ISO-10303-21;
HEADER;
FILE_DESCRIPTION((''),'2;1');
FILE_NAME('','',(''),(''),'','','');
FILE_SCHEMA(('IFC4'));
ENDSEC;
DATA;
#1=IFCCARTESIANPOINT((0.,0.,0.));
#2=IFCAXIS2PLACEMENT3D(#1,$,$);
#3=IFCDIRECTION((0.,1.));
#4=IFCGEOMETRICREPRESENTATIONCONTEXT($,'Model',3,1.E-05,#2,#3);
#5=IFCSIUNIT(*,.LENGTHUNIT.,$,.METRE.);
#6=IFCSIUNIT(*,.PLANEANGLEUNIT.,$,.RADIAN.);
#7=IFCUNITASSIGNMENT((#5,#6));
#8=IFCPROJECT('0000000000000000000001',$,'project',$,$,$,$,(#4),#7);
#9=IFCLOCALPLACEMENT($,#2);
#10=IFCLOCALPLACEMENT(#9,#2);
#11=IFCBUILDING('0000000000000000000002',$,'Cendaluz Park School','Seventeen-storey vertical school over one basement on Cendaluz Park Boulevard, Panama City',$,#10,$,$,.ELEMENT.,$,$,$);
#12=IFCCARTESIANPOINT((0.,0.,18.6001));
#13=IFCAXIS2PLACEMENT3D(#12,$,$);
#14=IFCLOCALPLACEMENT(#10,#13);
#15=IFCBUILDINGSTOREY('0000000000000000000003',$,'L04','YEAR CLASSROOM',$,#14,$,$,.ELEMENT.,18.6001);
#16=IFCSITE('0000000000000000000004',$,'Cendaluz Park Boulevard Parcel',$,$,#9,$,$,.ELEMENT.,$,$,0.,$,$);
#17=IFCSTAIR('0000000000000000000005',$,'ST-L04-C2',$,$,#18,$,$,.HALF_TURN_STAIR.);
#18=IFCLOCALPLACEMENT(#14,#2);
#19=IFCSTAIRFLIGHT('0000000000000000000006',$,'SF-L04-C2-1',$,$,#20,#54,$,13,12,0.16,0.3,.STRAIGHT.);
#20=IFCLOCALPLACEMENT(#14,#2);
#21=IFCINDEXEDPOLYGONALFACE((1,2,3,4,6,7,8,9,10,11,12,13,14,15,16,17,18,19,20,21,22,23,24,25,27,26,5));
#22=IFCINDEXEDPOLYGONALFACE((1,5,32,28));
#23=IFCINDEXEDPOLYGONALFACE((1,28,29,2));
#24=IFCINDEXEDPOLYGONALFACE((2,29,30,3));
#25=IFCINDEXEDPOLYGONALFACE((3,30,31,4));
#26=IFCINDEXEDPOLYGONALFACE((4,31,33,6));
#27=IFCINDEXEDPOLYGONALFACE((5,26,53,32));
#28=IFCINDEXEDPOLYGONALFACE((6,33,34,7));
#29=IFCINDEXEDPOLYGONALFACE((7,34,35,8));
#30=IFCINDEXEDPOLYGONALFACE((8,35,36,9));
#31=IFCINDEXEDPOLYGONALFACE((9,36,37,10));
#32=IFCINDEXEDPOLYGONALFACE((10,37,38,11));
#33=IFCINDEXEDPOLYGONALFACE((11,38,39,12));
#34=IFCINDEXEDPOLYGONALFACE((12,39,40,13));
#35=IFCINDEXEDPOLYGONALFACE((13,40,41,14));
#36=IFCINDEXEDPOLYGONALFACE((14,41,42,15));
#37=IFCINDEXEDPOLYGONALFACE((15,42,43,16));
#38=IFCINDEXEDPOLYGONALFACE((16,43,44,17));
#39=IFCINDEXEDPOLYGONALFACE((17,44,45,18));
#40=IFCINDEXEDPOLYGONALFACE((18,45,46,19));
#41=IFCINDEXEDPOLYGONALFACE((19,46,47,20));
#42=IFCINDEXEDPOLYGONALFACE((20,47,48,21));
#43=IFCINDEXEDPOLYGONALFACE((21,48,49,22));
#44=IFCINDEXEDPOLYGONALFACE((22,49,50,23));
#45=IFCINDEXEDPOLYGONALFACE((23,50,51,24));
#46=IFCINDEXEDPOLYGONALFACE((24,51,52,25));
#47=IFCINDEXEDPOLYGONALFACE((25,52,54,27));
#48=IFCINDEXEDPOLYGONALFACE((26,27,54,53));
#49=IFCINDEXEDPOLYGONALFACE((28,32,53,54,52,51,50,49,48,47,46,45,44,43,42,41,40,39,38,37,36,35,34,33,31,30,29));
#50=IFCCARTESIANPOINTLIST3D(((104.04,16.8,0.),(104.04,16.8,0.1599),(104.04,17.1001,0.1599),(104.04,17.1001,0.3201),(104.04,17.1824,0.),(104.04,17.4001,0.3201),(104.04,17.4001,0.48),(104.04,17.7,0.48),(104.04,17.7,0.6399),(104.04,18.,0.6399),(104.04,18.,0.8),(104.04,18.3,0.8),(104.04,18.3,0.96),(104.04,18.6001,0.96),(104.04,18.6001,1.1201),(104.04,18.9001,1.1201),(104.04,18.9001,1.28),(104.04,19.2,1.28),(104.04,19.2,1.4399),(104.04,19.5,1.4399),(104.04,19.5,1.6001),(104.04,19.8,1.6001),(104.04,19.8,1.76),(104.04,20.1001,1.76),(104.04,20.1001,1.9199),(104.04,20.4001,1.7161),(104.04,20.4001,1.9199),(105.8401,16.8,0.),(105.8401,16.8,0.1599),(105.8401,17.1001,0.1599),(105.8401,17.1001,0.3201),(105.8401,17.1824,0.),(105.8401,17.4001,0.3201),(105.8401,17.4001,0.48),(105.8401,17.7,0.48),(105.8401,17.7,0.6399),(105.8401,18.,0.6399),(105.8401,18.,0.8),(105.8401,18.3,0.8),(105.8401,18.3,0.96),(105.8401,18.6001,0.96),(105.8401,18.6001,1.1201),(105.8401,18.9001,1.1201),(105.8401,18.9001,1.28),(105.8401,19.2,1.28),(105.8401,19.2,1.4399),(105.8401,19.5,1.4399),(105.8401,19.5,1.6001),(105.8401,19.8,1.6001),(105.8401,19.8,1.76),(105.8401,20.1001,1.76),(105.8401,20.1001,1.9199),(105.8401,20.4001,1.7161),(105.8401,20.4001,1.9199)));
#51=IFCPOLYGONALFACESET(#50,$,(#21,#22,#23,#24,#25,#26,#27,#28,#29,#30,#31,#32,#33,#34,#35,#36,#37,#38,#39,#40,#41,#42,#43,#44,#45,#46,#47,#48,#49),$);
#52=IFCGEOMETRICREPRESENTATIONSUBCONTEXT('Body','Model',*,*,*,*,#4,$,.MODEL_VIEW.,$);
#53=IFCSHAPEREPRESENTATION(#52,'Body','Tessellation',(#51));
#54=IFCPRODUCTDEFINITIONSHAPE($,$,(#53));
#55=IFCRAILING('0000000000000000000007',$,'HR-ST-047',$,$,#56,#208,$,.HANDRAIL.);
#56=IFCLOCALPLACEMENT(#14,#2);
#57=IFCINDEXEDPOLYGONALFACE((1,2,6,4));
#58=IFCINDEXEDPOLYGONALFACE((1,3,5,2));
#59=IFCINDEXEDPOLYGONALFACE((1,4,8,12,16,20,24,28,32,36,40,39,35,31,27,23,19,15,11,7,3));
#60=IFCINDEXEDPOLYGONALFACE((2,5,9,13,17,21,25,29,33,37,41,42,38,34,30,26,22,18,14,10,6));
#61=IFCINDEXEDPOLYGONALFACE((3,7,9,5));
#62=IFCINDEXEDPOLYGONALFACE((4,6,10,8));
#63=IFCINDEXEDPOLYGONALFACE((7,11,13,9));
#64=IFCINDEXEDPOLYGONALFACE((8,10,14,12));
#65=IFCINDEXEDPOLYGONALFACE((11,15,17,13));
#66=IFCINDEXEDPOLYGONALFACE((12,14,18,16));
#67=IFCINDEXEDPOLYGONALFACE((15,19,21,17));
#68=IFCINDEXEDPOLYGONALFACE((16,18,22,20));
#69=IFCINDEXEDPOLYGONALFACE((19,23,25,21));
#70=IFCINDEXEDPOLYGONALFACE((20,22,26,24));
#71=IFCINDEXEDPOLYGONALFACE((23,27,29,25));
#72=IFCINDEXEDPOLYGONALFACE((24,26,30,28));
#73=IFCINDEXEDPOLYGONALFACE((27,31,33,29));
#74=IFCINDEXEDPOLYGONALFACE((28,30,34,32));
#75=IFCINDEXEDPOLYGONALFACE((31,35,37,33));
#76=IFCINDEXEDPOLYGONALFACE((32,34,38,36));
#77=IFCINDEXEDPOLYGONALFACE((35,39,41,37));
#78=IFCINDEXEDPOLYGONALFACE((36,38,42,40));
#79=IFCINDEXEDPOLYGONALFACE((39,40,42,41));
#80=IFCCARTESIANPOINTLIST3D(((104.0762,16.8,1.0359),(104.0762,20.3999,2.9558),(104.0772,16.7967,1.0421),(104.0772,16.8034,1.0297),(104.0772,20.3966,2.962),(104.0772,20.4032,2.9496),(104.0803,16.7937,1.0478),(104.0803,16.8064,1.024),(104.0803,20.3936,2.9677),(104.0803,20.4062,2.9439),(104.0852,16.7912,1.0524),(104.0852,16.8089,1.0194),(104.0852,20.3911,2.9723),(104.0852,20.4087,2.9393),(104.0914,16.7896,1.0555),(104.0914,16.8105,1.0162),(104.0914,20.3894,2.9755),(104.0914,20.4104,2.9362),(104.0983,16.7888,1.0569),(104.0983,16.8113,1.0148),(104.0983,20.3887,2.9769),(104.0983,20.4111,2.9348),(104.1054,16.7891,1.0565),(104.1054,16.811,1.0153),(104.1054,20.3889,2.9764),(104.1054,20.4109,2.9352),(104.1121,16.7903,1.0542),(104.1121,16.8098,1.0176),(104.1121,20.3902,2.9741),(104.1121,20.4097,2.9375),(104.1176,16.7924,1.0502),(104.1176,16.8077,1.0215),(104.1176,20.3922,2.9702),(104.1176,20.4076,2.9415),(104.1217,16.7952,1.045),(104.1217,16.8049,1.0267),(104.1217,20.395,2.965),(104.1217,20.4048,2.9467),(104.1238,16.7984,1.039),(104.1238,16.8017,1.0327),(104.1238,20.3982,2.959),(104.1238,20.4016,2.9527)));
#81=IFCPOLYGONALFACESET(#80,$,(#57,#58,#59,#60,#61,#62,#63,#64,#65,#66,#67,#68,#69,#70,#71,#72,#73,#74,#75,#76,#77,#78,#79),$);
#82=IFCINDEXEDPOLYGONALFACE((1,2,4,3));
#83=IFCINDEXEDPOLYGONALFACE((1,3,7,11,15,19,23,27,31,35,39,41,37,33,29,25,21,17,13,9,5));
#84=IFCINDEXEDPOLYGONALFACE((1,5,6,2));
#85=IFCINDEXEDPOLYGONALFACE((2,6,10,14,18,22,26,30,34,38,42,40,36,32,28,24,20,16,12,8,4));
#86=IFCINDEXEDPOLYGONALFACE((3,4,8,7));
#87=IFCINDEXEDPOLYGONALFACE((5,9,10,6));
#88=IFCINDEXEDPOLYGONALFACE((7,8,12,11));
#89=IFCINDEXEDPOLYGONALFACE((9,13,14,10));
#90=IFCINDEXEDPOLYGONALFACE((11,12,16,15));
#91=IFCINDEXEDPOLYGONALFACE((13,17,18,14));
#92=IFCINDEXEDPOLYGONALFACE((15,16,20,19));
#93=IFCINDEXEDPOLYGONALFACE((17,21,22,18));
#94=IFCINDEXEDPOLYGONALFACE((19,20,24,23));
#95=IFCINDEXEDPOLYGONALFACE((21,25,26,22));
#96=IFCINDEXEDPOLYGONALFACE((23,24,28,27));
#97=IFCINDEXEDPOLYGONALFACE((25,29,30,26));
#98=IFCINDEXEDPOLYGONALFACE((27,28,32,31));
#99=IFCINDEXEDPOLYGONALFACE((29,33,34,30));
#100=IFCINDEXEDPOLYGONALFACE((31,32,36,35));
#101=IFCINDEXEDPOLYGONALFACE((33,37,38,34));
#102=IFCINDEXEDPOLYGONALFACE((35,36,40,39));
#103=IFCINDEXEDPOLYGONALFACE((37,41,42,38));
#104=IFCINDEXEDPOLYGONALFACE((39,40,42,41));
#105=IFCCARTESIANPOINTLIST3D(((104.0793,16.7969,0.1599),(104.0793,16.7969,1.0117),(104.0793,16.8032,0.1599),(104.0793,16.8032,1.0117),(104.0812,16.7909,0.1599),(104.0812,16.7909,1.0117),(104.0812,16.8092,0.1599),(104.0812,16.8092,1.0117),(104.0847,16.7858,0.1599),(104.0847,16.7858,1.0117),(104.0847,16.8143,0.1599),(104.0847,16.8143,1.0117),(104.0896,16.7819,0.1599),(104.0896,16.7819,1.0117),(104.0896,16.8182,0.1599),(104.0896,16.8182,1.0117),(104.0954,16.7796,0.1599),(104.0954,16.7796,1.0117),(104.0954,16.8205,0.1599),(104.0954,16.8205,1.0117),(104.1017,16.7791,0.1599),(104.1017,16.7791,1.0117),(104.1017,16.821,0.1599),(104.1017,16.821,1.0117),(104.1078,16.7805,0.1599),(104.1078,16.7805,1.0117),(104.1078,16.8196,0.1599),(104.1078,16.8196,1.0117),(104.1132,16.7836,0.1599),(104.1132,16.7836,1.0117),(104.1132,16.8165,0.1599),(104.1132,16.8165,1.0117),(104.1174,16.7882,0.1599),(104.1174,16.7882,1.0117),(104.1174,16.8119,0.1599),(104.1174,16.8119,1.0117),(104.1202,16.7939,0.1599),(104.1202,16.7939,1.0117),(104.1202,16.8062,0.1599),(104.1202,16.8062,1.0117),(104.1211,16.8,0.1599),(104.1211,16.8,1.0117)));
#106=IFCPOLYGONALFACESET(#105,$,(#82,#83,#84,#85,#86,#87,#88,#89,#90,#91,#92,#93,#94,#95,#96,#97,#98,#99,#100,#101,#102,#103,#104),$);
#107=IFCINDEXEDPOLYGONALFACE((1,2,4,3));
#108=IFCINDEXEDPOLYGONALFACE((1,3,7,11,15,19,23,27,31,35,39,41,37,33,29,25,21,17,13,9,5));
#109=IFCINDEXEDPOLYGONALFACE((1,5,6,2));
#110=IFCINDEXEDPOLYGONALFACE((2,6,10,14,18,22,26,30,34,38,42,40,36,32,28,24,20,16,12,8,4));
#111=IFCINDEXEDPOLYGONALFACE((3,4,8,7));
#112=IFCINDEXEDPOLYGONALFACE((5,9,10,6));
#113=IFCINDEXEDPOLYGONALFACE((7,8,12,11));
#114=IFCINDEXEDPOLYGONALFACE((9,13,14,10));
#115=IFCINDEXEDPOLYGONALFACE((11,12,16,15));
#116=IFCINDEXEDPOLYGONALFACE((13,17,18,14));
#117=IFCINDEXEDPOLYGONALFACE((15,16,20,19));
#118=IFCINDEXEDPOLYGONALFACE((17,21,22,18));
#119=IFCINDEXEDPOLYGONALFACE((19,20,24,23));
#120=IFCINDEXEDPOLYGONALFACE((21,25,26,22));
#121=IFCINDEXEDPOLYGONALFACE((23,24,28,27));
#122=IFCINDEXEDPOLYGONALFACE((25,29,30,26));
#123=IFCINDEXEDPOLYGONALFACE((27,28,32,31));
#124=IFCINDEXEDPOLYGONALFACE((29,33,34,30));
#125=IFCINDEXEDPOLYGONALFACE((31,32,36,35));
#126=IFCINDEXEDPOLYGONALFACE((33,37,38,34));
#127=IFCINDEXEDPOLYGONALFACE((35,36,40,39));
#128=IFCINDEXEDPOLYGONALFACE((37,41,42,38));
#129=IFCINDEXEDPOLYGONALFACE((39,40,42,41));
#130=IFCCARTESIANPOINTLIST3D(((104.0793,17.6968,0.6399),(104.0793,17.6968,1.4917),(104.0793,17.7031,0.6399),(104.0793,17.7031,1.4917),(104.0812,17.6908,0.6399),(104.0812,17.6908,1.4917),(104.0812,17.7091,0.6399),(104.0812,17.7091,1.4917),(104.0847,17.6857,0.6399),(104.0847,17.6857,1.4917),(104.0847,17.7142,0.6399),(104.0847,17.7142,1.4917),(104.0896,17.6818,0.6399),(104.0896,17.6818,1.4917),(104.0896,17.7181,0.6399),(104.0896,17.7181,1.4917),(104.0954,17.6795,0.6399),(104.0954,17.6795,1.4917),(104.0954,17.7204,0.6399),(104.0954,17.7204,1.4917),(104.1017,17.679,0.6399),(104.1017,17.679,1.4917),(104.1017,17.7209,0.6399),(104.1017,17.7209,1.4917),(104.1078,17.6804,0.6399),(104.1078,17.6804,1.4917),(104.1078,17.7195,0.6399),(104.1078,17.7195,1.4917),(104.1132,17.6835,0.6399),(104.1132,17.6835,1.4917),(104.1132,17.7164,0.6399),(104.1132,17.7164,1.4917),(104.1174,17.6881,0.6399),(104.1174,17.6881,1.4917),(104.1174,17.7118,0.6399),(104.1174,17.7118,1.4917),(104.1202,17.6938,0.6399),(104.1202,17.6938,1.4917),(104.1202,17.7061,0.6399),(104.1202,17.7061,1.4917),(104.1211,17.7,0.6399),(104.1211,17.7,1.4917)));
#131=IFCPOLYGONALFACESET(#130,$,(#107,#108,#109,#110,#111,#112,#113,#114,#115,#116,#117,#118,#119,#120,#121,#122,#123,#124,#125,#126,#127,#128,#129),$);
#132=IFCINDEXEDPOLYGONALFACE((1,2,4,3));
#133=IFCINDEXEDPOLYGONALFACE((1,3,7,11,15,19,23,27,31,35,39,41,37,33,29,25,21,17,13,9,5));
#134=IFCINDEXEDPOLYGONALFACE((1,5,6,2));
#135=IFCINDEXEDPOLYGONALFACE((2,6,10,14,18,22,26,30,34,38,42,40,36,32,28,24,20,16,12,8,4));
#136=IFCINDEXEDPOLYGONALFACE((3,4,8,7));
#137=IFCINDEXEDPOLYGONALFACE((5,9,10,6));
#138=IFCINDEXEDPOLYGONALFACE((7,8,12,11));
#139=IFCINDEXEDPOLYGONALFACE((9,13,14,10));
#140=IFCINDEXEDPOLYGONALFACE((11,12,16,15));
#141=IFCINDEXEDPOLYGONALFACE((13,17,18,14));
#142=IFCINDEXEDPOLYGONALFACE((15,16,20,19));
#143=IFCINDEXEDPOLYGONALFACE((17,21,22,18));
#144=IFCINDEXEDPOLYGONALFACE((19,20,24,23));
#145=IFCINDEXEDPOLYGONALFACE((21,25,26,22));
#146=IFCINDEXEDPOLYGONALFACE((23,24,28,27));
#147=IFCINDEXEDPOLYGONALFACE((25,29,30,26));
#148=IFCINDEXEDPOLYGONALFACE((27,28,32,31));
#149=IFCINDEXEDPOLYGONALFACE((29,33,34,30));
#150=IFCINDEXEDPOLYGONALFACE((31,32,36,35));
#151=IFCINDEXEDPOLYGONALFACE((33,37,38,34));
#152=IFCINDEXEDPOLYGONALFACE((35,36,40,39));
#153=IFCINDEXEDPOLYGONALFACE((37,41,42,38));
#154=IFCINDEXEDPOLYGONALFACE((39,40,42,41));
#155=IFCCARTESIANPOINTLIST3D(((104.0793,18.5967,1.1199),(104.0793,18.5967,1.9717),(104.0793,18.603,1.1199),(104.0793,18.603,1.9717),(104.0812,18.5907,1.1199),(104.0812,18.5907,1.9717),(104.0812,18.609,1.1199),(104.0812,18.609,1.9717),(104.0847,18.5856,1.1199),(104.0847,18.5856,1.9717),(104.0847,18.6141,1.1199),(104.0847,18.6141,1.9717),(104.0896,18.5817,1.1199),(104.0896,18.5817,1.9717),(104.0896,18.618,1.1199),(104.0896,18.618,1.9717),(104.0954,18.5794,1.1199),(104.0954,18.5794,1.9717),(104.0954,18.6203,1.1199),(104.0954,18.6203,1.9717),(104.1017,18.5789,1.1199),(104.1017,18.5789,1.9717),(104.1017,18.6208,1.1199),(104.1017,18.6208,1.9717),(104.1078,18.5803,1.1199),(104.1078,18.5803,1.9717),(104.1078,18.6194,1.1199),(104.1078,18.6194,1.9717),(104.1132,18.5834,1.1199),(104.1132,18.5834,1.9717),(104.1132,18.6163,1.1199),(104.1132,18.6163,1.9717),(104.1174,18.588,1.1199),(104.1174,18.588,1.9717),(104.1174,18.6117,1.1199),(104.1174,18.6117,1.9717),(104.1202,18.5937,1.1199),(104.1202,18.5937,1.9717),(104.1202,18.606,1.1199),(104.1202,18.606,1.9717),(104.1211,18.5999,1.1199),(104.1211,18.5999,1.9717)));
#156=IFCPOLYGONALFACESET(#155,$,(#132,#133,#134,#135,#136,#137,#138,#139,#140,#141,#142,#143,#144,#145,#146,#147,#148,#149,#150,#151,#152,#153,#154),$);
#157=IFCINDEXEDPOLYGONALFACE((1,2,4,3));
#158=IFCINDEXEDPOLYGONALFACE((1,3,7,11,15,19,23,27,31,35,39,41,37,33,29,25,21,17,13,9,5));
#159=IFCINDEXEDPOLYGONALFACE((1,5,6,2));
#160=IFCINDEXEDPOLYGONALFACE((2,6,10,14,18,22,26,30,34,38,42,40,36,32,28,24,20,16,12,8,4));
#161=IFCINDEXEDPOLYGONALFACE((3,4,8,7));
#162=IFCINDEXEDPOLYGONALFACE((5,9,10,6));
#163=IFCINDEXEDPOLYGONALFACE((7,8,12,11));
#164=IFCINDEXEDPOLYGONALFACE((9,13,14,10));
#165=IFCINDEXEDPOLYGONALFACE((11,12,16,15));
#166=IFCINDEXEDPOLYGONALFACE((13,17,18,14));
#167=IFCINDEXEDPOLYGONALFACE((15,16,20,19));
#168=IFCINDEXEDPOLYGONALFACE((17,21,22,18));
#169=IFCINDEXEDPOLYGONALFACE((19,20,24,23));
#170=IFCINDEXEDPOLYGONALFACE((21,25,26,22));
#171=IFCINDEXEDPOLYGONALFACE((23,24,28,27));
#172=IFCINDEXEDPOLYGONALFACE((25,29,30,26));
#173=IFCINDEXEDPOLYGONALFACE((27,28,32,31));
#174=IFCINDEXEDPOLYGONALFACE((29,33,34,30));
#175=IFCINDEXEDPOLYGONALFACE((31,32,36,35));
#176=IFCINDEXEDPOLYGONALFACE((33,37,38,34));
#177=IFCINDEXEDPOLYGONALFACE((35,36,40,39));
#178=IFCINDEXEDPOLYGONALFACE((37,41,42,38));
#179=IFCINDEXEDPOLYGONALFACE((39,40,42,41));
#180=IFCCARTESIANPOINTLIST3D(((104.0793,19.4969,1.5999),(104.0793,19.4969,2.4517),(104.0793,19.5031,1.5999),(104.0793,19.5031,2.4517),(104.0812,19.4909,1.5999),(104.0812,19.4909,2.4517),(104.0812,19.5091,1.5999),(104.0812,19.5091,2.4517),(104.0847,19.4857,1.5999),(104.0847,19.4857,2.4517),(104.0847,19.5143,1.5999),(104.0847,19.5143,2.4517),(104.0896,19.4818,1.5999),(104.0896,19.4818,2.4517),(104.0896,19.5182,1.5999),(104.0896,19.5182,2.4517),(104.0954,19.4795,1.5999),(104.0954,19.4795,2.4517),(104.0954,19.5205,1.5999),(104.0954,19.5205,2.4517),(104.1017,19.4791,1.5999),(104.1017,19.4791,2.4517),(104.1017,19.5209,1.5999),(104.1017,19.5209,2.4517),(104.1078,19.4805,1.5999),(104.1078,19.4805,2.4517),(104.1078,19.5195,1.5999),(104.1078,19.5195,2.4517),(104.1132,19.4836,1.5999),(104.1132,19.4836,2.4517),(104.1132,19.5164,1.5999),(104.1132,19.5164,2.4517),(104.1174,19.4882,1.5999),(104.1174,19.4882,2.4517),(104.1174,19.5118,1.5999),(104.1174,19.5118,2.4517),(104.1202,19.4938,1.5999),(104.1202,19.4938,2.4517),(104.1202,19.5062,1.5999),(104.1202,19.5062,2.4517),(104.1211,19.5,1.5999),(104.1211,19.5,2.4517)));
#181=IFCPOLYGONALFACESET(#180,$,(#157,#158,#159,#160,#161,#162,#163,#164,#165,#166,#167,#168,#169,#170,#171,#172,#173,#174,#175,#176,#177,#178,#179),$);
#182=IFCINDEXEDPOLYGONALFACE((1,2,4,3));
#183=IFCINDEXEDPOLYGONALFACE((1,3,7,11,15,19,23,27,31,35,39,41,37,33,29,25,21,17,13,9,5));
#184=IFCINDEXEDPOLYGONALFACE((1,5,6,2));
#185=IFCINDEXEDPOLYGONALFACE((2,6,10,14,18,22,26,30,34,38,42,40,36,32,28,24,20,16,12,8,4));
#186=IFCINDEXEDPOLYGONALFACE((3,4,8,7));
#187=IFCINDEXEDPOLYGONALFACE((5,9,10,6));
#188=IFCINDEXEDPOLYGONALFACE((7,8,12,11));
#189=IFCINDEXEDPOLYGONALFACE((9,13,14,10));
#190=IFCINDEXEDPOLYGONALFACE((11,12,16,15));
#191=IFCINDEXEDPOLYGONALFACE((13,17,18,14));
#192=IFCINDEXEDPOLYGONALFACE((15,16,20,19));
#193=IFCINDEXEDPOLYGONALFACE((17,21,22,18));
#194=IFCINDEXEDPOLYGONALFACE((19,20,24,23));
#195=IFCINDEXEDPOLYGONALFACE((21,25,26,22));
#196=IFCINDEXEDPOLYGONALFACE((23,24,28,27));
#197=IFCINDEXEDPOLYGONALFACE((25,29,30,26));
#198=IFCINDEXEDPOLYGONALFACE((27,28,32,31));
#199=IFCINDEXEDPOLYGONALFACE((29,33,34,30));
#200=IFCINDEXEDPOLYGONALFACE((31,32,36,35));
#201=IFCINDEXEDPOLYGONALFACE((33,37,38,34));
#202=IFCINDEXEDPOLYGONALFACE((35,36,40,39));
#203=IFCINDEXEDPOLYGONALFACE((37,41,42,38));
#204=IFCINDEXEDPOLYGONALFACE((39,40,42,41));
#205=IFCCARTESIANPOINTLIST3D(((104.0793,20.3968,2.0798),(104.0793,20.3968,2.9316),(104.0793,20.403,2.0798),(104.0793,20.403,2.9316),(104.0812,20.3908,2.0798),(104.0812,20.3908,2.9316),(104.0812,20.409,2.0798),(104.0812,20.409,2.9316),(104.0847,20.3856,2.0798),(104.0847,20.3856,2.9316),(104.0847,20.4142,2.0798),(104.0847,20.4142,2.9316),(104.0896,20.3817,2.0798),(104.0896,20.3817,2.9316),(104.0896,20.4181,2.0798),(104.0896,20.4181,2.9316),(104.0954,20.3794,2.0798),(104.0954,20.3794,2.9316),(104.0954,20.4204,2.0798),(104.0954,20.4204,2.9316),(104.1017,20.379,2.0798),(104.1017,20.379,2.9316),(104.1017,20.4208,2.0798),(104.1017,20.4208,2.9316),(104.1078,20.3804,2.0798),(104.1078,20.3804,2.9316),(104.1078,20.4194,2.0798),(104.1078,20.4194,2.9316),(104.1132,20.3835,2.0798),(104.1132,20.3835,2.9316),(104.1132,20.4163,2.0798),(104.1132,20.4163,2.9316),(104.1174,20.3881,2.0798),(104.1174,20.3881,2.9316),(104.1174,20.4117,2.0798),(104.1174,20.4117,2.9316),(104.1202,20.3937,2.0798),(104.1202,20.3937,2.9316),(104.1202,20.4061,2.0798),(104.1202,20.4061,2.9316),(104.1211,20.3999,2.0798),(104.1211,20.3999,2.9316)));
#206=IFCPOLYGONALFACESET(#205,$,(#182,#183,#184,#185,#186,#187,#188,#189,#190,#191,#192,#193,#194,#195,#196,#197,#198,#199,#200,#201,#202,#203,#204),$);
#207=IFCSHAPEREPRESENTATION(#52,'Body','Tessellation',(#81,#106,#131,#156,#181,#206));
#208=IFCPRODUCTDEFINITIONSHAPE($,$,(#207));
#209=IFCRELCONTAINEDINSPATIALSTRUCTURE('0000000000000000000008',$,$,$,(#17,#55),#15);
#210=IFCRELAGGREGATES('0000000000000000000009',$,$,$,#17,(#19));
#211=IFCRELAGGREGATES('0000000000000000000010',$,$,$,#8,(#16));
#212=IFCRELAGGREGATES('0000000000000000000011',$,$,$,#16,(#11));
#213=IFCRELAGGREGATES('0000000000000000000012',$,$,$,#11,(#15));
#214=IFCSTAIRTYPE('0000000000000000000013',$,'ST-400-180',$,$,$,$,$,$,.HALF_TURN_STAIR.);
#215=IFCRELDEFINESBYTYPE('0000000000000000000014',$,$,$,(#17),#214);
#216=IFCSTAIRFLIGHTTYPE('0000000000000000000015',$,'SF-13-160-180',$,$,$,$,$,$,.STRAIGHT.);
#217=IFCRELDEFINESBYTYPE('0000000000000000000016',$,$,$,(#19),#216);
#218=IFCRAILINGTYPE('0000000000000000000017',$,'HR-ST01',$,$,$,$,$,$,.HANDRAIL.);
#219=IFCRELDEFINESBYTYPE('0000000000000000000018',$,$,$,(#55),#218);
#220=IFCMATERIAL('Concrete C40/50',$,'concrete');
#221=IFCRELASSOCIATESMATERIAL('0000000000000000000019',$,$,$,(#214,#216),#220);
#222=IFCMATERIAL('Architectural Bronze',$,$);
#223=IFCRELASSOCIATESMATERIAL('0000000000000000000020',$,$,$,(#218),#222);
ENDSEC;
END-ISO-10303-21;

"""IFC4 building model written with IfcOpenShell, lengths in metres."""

from ifc_helpers import new_model, si_unit, direction, frame, origin, origin_2d, place, context, subcontext, project, spatial, polyline, circle, outline, extrude, material, type_object, element, aggregate, save


model = new_model("IFC4")

# Units and contexts
model_context = context("Model", 3, precision=1e-05, world=origin(), true_north=direction((0.0, 1.0)))
body_context = subcontext(model_context, "Body", "Model", "MODEL_VIEW")
ifc_project = project(units=[si_unit("LENGTHUNIT", "METRE"), si_unit("PLANEANGLEUNIT", "RADIAN")], contexts=[model_context])

# Site, building, storey
site_placement = place(None, origin())
site = spatial("IfcSite", under=ifc_project, at=site_placement, Name="Cendaluz Park Boulevard Parcel", CompositionType="ELEMENT", RefElevation=0.0)
building_placement = place(site_placement, origin())
building = spatial("IfcBuilding", under=site, at=building_placement, Name="Cendaluz Park School", Description="Seventeen-storey vertical school over one basement on Cendaluz Park Boulevard, Panama City", CompositionType="ELEMENT")
storey_placement = place(building_placement, frame((0.0, 0.0, 18.6001)))
storey = spatial("IfcBuildingStorey", under=building, at=storey_placement, Name="L04", Description="YEAR CLASSROOM", CompositionType="ELEMENT", Elevation=18.6001)

# Shared definitions
ifc_material_1 = material(Name="Concrete C40/50", Category="concrete")

# Stair, stair flight
stair_type = type_object("IfcStairType", Name="ST-400-180", PredefinedType="HALF_TURN_STAIR", material=ifc_material_1)
stair_placement = place(storey_placement, origin())
stair = element("IfcStair", 1, at=stair_placement, inside=storey, type_object=stair_type, Name="ST-L04-C2", PredefinedType="HALF_TURN_STAIR")
stair_flight_type_1 = type_object("IfcStairFlightType", Name="SF-13-160-180", PredefinedType="STRAIGHT", material=ifc_material_1)
stair_flight_1_placement = place(storey_placement, frame((104.9399, 16.8, 0.0), z_axis=(0.0, 0.0, 1.0), x_axis=(0.0, 1.0, 0.0)))
stair_flight_1 = element("IfcStairFlight", 2, at=stair_flight_1_placement, type_object=stair_flight_type_1, Name="SF-L04-C2-1", NumberOfRisers=13, NumberOfTreads=12, PredefinedType="STRAIGHT", RiserHeight=0.16, TreadLength=0.3, context=body_context, shape_type="SweptSolid", body=[
    extrude(outline(polyline([(0.0, 0.0), (0.0, 0.1599), (0.3, 0.1599), (0.3, 0.3201), (0.6001, 0.3201), (0.6001, 0.48), (0.8999, 0.48), (0.8999, 0.6399), (1.2, 0.6399), (1.2, 0.8), (1.5, 0.8), (1.5, 0.96), (1.8, 0.96), (1.8, 1.1201), (2.1001, 1.1201), (2.1001, 1.28), (2.3999, 1.28), (2.3999, 1.4399), (2.7, 1.4399), (2.7, 1.6001), (3.0, 1.6001), (3.0, 1.76), (3.3, 1.76), (3.3, 1.9199), (3.6001, 1.9199), (3.6001, 2.0801), (3.6001, 1.7161), (0.3823, 0.0), (0.0, 0.0)])), frame((0.0, 0.8999, 0.0), z_axis=(0.0, -1.0, 0.0), x_axis=(1.0, 0.0, 0.0)), (0.0, 0.0, 1.0), 1.8),
])
aggregate(stair, [stair_flight_1])

# Railing
ifc_material_2 = material(Name="Architectural Bronze")
railing_type_1 = type_object("IfcRailingType", Name="HR-ST01", PredefinedType="HANDRAIL", material=ifc_material_2)
railing_1_placement = place(storey_placement, frame((104.1001, 16.8, 0.1599)))
element("IfcRailing", 3, at=railing_1_placement, inside=storey, type_object=railing_type_1, Name="HR-ST-047", PredefinedType="HANDRAIL", context=body_context, shape_type="SweptSolid", body=[
    extrude(circle(Radius=0.0239, at=origin_2d()), frame((0.0, 0.0, 0.876), z_axis=(0.0, 0.882353, 0.470588), x_axis=(-1.0, 0.0, 0.0)), (0.0, 0.0, 1.0), 4.0798),
    extrude(circle(Radius=0.021, at=origin_2d()), origin(), (0.0, 0.0, 1.0), 0.8518),
    extrude(circle(Radius=0.021, at=origin_2d()), frame((0.0, 0.8999, 0.48)), (0.0, 0.0, 1.0), 0.8518),
    extrude(circle(Radius=0.021, at=origin_2d()), frame((0.0, 1.7998, 0.96)), (0.0, 0.0, 1.0), 0.8518),
    extrude(circle(Radius=0.021, at=origin_2d()), frame((0.0, 2.7, 1.4399)), (0.0, 0.0, 1.0), 0.8518),
    extrude(circle(Radius=0.021, at=origin_2d()), frame((0.0, 3.5999, 1.9199)), (0.0, 0.0, 1.0), 0.8518),
])

save(model, "model.ifc")
